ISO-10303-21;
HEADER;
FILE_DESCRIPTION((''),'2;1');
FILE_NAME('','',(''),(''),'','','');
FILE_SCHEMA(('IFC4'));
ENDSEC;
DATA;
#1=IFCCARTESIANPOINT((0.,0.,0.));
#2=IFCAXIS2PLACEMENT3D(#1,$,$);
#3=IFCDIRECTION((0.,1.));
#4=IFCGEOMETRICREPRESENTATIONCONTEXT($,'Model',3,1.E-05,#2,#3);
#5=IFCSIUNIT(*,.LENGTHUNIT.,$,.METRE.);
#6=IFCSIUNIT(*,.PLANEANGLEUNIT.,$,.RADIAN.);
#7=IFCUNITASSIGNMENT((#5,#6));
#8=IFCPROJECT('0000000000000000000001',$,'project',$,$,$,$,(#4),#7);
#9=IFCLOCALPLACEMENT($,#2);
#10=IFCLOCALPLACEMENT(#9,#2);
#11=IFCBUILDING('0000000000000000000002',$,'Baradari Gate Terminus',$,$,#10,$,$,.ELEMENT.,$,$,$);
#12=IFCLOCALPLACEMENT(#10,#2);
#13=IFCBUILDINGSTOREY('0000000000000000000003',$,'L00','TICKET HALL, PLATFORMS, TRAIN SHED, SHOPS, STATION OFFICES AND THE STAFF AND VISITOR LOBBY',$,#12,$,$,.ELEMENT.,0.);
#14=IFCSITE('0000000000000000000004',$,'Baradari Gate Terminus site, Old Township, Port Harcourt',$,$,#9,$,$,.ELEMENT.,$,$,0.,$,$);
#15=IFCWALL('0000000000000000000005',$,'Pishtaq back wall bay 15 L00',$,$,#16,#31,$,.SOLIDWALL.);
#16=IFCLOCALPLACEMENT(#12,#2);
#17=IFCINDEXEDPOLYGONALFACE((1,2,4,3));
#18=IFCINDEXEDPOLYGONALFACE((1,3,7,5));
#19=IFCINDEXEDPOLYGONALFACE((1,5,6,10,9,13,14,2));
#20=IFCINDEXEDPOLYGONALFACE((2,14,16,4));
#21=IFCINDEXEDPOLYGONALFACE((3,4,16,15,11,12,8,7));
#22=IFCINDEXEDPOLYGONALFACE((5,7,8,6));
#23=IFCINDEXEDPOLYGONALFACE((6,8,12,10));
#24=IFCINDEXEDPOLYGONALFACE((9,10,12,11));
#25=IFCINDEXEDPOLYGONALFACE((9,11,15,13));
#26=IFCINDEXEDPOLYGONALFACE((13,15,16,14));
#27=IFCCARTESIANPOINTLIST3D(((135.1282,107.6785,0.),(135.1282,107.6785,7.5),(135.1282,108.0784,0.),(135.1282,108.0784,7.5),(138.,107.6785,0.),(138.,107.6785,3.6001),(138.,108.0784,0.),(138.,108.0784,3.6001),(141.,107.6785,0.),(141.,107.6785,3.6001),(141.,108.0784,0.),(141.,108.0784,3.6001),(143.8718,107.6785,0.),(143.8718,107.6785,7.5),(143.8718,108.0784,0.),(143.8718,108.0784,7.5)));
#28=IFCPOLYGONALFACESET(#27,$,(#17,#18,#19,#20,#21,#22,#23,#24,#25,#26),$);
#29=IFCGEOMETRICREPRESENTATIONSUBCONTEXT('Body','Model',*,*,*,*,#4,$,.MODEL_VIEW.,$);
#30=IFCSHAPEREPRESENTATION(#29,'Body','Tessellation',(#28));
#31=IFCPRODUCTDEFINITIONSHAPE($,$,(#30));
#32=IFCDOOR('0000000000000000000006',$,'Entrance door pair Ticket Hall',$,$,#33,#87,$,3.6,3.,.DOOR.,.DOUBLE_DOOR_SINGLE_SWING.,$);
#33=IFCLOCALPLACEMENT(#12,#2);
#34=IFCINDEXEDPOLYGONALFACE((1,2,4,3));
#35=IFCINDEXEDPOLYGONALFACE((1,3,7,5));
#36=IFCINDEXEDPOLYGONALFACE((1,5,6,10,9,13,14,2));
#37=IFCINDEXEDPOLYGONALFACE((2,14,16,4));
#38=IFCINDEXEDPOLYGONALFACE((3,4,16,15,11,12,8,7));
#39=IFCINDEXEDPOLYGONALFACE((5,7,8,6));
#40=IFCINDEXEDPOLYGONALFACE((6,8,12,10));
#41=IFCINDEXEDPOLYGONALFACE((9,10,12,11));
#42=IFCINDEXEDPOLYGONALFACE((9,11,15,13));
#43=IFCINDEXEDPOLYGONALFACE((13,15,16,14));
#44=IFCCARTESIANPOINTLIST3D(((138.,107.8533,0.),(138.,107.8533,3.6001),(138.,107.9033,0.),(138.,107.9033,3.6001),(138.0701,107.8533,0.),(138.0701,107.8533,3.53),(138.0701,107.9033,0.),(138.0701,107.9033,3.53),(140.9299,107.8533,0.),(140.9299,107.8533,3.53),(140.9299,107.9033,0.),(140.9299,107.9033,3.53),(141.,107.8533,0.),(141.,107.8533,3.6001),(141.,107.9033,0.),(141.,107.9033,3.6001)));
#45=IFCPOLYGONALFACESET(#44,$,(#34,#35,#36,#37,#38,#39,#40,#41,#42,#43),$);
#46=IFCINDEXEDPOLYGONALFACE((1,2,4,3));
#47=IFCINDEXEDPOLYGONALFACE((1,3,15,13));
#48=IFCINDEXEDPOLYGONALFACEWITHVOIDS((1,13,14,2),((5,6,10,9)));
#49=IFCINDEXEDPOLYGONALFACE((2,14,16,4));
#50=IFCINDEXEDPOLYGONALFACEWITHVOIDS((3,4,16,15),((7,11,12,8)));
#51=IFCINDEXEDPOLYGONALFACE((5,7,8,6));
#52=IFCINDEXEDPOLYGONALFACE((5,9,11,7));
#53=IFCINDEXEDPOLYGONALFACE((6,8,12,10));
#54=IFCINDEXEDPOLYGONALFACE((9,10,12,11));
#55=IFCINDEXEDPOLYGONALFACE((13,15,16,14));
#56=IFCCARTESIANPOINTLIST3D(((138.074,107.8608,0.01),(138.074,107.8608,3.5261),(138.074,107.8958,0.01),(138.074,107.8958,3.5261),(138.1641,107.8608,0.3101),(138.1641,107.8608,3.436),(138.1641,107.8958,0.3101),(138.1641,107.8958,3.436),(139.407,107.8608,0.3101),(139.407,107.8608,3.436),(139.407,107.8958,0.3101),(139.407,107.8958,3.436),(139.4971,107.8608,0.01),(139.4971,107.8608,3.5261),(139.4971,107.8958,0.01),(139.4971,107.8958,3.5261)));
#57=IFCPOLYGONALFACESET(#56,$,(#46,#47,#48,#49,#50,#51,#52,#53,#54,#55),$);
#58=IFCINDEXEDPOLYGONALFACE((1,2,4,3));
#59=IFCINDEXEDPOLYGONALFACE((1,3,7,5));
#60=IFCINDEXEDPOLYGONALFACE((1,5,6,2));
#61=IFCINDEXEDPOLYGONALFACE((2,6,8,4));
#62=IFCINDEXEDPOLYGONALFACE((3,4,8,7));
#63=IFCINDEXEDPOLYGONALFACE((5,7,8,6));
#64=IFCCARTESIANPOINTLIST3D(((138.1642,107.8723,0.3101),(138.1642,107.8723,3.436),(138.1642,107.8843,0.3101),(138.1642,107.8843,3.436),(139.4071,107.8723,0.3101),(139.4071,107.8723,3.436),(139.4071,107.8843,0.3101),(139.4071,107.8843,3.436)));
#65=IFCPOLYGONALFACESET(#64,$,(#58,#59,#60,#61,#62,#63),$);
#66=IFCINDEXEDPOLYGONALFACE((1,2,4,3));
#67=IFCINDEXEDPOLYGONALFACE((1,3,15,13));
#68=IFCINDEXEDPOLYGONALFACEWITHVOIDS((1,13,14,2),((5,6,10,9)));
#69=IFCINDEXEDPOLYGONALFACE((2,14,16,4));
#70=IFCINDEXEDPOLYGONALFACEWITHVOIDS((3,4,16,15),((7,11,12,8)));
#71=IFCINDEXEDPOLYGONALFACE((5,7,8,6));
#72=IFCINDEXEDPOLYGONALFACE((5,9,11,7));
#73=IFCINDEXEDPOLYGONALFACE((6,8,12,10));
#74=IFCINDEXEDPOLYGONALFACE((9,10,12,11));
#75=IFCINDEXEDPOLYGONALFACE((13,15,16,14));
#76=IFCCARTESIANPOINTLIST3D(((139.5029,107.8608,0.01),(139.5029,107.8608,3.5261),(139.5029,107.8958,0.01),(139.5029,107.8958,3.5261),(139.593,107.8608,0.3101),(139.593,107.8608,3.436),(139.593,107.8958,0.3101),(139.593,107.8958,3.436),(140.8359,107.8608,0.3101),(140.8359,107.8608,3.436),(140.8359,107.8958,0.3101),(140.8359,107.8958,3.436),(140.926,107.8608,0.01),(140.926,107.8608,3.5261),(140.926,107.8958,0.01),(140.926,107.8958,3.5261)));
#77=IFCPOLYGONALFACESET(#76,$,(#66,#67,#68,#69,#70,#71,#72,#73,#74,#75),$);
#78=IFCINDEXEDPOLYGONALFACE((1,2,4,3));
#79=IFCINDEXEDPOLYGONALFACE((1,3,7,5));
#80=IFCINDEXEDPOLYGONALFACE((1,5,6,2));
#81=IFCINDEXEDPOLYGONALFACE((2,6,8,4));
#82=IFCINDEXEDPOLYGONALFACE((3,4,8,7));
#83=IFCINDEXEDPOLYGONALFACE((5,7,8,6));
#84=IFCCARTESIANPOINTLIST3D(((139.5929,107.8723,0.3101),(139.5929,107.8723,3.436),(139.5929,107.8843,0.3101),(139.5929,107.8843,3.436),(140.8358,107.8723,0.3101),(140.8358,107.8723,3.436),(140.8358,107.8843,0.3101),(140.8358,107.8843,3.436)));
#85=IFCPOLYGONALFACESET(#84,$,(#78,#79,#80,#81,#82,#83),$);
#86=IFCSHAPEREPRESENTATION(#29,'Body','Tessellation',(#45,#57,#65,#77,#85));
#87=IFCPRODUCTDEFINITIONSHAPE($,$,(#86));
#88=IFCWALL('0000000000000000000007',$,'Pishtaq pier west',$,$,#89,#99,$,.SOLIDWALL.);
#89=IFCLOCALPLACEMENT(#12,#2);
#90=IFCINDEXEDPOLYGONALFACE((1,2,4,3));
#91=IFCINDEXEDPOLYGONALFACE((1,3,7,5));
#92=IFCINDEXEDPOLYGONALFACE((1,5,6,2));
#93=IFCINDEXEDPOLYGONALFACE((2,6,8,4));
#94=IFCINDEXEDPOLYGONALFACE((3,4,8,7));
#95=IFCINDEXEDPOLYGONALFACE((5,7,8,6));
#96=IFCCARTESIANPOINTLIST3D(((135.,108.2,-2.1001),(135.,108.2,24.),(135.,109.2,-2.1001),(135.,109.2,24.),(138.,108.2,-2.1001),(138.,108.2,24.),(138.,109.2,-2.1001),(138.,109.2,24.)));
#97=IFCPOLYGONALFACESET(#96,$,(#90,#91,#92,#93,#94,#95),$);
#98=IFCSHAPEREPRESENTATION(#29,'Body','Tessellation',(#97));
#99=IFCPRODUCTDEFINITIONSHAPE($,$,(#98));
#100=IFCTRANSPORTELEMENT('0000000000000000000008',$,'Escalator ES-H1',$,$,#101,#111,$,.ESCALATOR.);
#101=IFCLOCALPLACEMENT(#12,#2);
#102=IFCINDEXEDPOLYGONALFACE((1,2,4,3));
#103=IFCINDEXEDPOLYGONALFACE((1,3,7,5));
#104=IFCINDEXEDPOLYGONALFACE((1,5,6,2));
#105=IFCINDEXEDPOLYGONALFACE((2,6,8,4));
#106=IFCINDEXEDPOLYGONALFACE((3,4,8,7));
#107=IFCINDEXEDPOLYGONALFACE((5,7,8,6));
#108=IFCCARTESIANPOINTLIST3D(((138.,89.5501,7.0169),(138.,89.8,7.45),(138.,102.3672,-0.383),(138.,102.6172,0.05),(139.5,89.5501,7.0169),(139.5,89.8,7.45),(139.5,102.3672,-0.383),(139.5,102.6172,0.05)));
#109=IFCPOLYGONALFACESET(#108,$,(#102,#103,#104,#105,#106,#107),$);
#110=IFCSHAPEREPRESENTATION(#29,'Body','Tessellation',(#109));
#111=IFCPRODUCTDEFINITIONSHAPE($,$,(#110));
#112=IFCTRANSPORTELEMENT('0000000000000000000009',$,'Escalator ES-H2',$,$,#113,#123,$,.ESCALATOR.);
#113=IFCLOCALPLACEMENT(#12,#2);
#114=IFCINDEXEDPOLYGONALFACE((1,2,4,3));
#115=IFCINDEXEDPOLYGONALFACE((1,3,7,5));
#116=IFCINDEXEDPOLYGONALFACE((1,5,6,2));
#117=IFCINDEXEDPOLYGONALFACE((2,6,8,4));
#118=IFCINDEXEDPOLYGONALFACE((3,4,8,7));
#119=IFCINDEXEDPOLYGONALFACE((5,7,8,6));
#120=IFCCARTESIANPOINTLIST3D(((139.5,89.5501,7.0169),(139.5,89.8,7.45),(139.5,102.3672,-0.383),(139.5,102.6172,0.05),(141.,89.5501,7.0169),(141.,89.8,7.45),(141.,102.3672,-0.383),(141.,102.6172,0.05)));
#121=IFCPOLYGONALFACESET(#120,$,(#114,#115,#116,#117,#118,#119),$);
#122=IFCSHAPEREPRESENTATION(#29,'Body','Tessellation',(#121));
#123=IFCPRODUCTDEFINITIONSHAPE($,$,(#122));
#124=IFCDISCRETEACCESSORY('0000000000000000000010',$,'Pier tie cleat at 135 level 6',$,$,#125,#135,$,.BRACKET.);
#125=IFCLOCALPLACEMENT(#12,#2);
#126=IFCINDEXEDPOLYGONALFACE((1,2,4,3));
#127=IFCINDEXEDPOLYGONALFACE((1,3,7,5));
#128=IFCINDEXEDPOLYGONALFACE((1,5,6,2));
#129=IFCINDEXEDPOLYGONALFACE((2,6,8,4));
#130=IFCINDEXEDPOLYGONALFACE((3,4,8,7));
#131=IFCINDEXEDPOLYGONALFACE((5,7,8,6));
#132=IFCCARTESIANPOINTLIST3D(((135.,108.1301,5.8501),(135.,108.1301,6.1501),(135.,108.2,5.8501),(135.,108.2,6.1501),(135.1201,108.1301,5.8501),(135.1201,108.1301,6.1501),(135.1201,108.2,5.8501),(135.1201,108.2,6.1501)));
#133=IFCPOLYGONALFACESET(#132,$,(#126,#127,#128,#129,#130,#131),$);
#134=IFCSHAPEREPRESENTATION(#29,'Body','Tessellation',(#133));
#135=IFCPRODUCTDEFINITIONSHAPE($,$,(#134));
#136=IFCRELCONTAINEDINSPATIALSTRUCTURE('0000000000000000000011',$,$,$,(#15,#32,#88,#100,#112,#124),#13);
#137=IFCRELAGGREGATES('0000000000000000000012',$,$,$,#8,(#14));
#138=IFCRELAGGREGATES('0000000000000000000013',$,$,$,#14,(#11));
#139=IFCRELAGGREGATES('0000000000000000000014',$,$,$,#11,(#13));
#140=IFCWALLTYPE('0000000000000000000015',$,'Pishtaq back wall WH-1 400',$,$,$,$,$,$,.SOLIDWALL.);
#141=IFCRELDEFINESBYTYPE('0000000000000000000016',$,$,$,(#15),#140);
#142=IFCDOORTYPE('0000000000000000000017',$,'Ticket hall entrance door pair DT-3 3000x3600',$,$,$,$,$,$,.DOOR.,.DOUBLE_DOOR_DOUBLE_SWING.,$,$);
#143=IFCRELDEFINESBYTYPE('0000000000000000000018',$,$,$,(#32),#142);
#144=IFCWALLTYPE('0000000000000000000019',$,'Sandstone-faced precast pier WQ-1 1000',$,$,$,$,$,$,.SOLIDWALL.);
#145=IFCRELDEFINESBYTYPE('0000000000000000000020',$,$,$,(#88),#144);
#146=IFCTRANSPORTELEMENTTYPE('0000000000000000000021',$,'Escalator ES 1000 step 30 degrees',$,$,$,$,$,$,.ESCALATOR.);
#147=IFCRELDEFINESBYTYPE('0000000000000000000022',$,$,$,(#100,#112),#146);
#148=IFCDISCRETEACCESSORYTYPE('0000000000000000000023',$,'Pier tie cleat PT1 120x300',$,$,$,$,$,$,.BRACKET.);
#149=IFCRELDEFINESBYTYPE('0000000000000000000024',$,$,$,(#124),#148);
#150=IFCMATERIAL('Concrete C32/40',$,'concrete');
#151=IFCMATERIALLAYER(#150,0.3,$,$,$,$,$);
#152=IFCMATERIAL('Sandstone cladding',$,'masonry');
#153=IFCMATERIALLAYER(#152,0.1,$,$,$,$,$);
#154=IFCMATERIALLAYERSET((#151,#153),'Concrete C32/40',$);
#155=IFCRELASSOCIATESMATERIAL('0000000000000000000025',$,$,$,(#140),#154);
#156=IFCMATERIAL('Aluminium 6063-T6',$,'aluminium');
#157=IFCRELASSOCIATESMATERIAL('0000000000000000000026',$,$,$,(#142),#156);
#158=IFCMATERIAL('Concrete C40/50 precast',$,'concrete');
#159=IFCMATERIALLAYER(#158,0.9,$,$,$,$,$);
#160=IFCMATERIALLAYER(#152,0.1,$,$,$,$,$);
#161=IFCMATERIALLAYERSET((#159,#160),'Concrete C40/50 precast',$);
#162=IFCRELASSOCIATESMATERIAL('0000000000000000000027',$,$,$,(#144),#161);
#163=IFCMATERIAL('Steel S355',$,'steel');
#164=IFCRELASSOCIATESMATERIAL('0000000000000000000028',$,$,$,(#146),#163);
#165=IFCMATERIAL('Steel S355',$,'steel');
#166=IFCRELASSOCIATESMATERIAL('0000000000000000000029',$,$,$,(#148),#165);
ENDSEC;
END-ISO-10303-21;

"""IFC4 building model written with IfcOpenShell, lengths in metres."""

from ifc_helpers import new_model, si_unit, direction, frame, frame_2d, origin, origin_2d, place, context, subcontext, project, spatial, polyline, rectangle, outline, extrude, material, layer, layer_set, type_object, element, fill, save


model = new_model("IFC4")

# Units and contexts
model_context = context("Model", 3, precision=1e-05, world=origin(), true_north=direction((0.0, 1.0)))
body_context = subcontext(model_context, "Body", "Model", "MODEL_VIEW")
ifc_project = project(units=[si_unit("LENGTHUNIT", "METRE"), si_unit("PLANEANGLEUNIT", "RADIAN")], contexts=[model_context])

# Site, building, storey
site_placement = place(None, origin())
site = spatial("IfcSite", under=ifc_project, at=site_placement, Name="Baradari Gate Terminus site, Old Township, Port Harcourt", CompositionType="ELEMENT", RefElevation=0.0)
building_placement = place(site_placement, origin())
building = spatial("IfcBuilding", under=site, at=building_placement, Name="Baradari Gate Terminus", CompositionType="ELEMENT")
storey_placement = place(building_placement, origin())
storey = spatial("IfcBuildingStorey", under=building, at=storey_placement, Name="L00", Description="TICKET HALL, PLATFORMS, TRAIN SHED, SHOPS, STATION OFFICES AND THE STAFF AND VISITOR LOBBY", CompositionType="ELEMENT", Elevation=0.0)

# Wall, opening, door
ifc_material_1 = material(Name="Concrete C32/40", Category="concrete")
ifc_layer_1 = layer(ifc_material_1, 0.3)
ifc_material_2 = material(Name="Sandstone cladding", Category="masonry")
ifc_layer_2 = layer(ifc_material_2, 0.1)
ifc_layer_set_1 = layer_set([ifc_layer_1, ifc_layer_2], Name="Concrete C32/40")
wall_type_1 = type_object("IfcWallType", Name="Pishtaq back wall WH-1 400", PredefinedType="SOLIDWALL", material=ifc_layer_set_1)
wall_1_placement = place(storey_placement, frame((135.1282, 107.8784, 0.0), z_axis=(0.0, 0.0, 1.0), x_axis=(1.0, 0.0, 0.0)))
wall_1 = element("IfcWall", 1, at=wall_1_placement, inside=storey, type_object=wall_type_1, Name="Pishtaq back wall bay 15 L00", PredefinedType="SOLIDWALL", context=body_context, shape_type="SweptSolid", body=[
    extrude(rectangle(XDim=8.7437, YDim=0.3999, at=frame_2d((4.3718, 0.0))), origin(), (0.0, 0.0, 1.0), 7.5),
])
opening_placement = place(wall_1_placement, frame((2.8718, 0.0, 0.0)))
opening = element("IfcOpeningElement", 2, at=opening_placement, cuts=wall_1, PredefinedType="OPENING", context=body_context, shape_type="SweptSolid", body=[
    extrude(rectangle(XDim=3.0, YDim=3.6001, at=frame_2d((1.5, 1.8))), frame((0.0, 0.21, 0.0), z_axis=(0.0, -1.0, 0.0), x_axis=(1.0, 0.0, 0.0)), (0.0, 0.0, 1.0), 0.4199),
])
ifc_material_3 = material(Name="Aluminium 6063-T6", Category="aluminium")
door_type = type_object("IfcDoorType", Name="Ticket hall entrance door pair DT-3 3000x3600", OperationType="DOUBLE_DOOR_DOUBLE_SWING", PredefinedType="DOOR", material=ifc_material_3)
door_placement = place(opening_placement, origin())
door = element("IfcDoor", 3, at=door_placement, inside=storey, type_object=door_type, Name="Entrance door pair Ticket Hall", OperationType="DOUBLE_DOOR_SINGLE_SWING", OverallHeight=3.6, OverallWidth=3.0, PredefinedType="DOOR", context=body_context, shape_type="SweptSolid", body=[
    extrude(outline(polyline([(0.0, 0.0), (0.0701, 0.0), (0.0701, 3.53), (2.9299, 3.53), (2.9299, 0.0), (3.0, 0.0), (3.0, 3.6001), (0.0, 3.6001), (0.0, 0.0)])), frame((0.0, 0.0249, 0.0), z_axis=(0.0, -1.0, 0.0), x_axis=(1.0, 0.0, 0.0)), (0.0, 0.0, 1.0), 0.05),
    extrude(outline(polyline([(0.074, 0.01), (1.4971, 0.01), (1.4971, 3.5261), (0.074, 3.5261), (0.074, 0.01)]), holes=[polyline([(0.1641, 0.3101), (1.407, 0.3101), (1.407, 3.436), (0.1641, 3.436), (0.1641, 0.3101)])]), frame((0.0, 0.0173, 0.0), z_axis=(0.0, -1.0, 0.0), x_axis=(1.0, 0.0, 0.0)), (0.0, 0.0, 1.0), 0.0349),
    extrude(rectangle(XDim=1.2429, YDim=3.126, at=frame_2d((0.7856, 1.873))), frame((0.0, 0.0059, 0.0), z_axis=(0.0, -1.0, 0.0), x_axis=(1.0, 0.0, 0.0)), (0.0, 0.0, 1.0), 0.012),
    extrude(outline(polyline([(1.5029, 0.01), (2.926, 0.01), (2.926, 3.5261), (1.5029, 3.5261), (1.5029, 0.01)]), holes=[polyline([(1.593, 0.3101), (2.8359, 0.3101), (2.8359, 3.436), (1.593, 3.436), (1.593, 0.3101)])]), frame((0.0, 0.0173, 0.0), z_axis=(0.0, -1.0, 0.0), x_axis=(1.0, 0.0, 0.0)), (0.0, 0.0, 1.0), 0.0349),
    extrude(rectangle(XDim=1.2429, YDim=3.126, at=frame_2d((2.2144, 1.873))), frame((0.0, 0.0059, 0.0), z_axis=(0.0, -1.0, 0.0), x_axis=(1.0, 0.0, 0.0)), (0.0, 0.0, 1.0), 0.012),
])
fill(opening, door)

# Wall
ifc_material_4 = material(Name="Concrete C40/50 precast", Category="concrete")
ifc_layer_3 = layer(ifc_material_4, 0.9)
ifc_layer_4 = layer(ifc_material_2, 0.1)
ifc_layer_set_2 = layer_set([ifc_layer_3, ifc_layer_4], Name="Concrete C40/50 precast")
wall_type_2 = type_object("IfcWallType", Name="Sandstone-faced precast pier WQ-1 1000", PredefinedType="SOLIDWALL", material=ifc_layer_set_2)
wall_2_placement = place(storey_placement, frame((135.0, 108.7, -2.1001), z_axis=(0.0, 0.0, 1.0), x_axis=(1.0, 0.0, 0.0)))
element("IfcWall", 4, at=wall_2_placement, inside=storey, type_object=wall_type_2, Name="Pishtaq pier west", PredefinedType="SOLIDWALL", context=body_context, shape_type="SweptSolid", body=[
    extrude(rectangle(XDim=3.0, YDim=1.0, at=frame_2d((1.5, 0.0))), origin(), (0.0, 0.0, 1.0), 26.1001),
])

# Transport elements
ifc_material_5 = material(Name="Steel S355", Category="steel")
transport_element_type = type_object("IfcTransportElementType", Name="Escalator ES 1000 step 30 degrees", PredefinedType="ESCALATOR", material=ifc_material_5)
for number, where, z_axis, x_axis, name in (
    (5, (138.0, 102.6172, 0.05), (0.0, 0.499996, 0.866028), (0.0, -0.866028, 0.499996), "Escalator ES-H1"),
    (6, (139.5, 102.6172, 0.05), (0.0, 0.499996, 0.866028), (0.0, -0.866028, 0.499996), "Escalator ES-H2"),
):
    element("IfcTransportElement", number, at=place(storey_placement, frame(where, z_axis=z_axis, x_axis=x_axis)), inside=storey, type_object=transport_element_type, Name=name, PredefinedType="ESCALATOR", context=body_context, shape_type="SweptSolid", body=[
        extrude(outline(polyline([(0.0, 0.0), (14.7999, 0.0), (14.7999, 1.5), (0.0, 1.5), (0.0, 0.0)])), origin(), (0.0, 0.0, -1.0), 0.5),
    ])

# Discrete accessory
ifc_material_6 = material(Name="Steel S355", Category="steel")
discrete_accessory_type = type_object("IfcDiscreteAccessoryType", Name="Pier tie cleat PT1 120x300", PredefinedType="BRACKET", material=ifc_material_6)
discrete_accessory_placement = place(storey_placement, frame((135.0601, 108.165, 5.8501), z_axis=(0.0, 0.0, 1.0), x_axis=(1.0, 0.0, 0.0)))
element("IfcDiscreteAccessory", 7, at=discrete_accessory_placement, inside=storey, type_object=discrete_accessory_type, Name="Pier tie cleat at 135 level 6", PredefinedType="BRACKET", context=body_context, shape_type="SweptSolid", body=[
    extrude(rectangle(XDim=0.1201, YDim=0.0698, at=origin_2d()), origin(), (0.0, 0.0, 1.0), 0.3),
])

save(model, "model.ifc")
